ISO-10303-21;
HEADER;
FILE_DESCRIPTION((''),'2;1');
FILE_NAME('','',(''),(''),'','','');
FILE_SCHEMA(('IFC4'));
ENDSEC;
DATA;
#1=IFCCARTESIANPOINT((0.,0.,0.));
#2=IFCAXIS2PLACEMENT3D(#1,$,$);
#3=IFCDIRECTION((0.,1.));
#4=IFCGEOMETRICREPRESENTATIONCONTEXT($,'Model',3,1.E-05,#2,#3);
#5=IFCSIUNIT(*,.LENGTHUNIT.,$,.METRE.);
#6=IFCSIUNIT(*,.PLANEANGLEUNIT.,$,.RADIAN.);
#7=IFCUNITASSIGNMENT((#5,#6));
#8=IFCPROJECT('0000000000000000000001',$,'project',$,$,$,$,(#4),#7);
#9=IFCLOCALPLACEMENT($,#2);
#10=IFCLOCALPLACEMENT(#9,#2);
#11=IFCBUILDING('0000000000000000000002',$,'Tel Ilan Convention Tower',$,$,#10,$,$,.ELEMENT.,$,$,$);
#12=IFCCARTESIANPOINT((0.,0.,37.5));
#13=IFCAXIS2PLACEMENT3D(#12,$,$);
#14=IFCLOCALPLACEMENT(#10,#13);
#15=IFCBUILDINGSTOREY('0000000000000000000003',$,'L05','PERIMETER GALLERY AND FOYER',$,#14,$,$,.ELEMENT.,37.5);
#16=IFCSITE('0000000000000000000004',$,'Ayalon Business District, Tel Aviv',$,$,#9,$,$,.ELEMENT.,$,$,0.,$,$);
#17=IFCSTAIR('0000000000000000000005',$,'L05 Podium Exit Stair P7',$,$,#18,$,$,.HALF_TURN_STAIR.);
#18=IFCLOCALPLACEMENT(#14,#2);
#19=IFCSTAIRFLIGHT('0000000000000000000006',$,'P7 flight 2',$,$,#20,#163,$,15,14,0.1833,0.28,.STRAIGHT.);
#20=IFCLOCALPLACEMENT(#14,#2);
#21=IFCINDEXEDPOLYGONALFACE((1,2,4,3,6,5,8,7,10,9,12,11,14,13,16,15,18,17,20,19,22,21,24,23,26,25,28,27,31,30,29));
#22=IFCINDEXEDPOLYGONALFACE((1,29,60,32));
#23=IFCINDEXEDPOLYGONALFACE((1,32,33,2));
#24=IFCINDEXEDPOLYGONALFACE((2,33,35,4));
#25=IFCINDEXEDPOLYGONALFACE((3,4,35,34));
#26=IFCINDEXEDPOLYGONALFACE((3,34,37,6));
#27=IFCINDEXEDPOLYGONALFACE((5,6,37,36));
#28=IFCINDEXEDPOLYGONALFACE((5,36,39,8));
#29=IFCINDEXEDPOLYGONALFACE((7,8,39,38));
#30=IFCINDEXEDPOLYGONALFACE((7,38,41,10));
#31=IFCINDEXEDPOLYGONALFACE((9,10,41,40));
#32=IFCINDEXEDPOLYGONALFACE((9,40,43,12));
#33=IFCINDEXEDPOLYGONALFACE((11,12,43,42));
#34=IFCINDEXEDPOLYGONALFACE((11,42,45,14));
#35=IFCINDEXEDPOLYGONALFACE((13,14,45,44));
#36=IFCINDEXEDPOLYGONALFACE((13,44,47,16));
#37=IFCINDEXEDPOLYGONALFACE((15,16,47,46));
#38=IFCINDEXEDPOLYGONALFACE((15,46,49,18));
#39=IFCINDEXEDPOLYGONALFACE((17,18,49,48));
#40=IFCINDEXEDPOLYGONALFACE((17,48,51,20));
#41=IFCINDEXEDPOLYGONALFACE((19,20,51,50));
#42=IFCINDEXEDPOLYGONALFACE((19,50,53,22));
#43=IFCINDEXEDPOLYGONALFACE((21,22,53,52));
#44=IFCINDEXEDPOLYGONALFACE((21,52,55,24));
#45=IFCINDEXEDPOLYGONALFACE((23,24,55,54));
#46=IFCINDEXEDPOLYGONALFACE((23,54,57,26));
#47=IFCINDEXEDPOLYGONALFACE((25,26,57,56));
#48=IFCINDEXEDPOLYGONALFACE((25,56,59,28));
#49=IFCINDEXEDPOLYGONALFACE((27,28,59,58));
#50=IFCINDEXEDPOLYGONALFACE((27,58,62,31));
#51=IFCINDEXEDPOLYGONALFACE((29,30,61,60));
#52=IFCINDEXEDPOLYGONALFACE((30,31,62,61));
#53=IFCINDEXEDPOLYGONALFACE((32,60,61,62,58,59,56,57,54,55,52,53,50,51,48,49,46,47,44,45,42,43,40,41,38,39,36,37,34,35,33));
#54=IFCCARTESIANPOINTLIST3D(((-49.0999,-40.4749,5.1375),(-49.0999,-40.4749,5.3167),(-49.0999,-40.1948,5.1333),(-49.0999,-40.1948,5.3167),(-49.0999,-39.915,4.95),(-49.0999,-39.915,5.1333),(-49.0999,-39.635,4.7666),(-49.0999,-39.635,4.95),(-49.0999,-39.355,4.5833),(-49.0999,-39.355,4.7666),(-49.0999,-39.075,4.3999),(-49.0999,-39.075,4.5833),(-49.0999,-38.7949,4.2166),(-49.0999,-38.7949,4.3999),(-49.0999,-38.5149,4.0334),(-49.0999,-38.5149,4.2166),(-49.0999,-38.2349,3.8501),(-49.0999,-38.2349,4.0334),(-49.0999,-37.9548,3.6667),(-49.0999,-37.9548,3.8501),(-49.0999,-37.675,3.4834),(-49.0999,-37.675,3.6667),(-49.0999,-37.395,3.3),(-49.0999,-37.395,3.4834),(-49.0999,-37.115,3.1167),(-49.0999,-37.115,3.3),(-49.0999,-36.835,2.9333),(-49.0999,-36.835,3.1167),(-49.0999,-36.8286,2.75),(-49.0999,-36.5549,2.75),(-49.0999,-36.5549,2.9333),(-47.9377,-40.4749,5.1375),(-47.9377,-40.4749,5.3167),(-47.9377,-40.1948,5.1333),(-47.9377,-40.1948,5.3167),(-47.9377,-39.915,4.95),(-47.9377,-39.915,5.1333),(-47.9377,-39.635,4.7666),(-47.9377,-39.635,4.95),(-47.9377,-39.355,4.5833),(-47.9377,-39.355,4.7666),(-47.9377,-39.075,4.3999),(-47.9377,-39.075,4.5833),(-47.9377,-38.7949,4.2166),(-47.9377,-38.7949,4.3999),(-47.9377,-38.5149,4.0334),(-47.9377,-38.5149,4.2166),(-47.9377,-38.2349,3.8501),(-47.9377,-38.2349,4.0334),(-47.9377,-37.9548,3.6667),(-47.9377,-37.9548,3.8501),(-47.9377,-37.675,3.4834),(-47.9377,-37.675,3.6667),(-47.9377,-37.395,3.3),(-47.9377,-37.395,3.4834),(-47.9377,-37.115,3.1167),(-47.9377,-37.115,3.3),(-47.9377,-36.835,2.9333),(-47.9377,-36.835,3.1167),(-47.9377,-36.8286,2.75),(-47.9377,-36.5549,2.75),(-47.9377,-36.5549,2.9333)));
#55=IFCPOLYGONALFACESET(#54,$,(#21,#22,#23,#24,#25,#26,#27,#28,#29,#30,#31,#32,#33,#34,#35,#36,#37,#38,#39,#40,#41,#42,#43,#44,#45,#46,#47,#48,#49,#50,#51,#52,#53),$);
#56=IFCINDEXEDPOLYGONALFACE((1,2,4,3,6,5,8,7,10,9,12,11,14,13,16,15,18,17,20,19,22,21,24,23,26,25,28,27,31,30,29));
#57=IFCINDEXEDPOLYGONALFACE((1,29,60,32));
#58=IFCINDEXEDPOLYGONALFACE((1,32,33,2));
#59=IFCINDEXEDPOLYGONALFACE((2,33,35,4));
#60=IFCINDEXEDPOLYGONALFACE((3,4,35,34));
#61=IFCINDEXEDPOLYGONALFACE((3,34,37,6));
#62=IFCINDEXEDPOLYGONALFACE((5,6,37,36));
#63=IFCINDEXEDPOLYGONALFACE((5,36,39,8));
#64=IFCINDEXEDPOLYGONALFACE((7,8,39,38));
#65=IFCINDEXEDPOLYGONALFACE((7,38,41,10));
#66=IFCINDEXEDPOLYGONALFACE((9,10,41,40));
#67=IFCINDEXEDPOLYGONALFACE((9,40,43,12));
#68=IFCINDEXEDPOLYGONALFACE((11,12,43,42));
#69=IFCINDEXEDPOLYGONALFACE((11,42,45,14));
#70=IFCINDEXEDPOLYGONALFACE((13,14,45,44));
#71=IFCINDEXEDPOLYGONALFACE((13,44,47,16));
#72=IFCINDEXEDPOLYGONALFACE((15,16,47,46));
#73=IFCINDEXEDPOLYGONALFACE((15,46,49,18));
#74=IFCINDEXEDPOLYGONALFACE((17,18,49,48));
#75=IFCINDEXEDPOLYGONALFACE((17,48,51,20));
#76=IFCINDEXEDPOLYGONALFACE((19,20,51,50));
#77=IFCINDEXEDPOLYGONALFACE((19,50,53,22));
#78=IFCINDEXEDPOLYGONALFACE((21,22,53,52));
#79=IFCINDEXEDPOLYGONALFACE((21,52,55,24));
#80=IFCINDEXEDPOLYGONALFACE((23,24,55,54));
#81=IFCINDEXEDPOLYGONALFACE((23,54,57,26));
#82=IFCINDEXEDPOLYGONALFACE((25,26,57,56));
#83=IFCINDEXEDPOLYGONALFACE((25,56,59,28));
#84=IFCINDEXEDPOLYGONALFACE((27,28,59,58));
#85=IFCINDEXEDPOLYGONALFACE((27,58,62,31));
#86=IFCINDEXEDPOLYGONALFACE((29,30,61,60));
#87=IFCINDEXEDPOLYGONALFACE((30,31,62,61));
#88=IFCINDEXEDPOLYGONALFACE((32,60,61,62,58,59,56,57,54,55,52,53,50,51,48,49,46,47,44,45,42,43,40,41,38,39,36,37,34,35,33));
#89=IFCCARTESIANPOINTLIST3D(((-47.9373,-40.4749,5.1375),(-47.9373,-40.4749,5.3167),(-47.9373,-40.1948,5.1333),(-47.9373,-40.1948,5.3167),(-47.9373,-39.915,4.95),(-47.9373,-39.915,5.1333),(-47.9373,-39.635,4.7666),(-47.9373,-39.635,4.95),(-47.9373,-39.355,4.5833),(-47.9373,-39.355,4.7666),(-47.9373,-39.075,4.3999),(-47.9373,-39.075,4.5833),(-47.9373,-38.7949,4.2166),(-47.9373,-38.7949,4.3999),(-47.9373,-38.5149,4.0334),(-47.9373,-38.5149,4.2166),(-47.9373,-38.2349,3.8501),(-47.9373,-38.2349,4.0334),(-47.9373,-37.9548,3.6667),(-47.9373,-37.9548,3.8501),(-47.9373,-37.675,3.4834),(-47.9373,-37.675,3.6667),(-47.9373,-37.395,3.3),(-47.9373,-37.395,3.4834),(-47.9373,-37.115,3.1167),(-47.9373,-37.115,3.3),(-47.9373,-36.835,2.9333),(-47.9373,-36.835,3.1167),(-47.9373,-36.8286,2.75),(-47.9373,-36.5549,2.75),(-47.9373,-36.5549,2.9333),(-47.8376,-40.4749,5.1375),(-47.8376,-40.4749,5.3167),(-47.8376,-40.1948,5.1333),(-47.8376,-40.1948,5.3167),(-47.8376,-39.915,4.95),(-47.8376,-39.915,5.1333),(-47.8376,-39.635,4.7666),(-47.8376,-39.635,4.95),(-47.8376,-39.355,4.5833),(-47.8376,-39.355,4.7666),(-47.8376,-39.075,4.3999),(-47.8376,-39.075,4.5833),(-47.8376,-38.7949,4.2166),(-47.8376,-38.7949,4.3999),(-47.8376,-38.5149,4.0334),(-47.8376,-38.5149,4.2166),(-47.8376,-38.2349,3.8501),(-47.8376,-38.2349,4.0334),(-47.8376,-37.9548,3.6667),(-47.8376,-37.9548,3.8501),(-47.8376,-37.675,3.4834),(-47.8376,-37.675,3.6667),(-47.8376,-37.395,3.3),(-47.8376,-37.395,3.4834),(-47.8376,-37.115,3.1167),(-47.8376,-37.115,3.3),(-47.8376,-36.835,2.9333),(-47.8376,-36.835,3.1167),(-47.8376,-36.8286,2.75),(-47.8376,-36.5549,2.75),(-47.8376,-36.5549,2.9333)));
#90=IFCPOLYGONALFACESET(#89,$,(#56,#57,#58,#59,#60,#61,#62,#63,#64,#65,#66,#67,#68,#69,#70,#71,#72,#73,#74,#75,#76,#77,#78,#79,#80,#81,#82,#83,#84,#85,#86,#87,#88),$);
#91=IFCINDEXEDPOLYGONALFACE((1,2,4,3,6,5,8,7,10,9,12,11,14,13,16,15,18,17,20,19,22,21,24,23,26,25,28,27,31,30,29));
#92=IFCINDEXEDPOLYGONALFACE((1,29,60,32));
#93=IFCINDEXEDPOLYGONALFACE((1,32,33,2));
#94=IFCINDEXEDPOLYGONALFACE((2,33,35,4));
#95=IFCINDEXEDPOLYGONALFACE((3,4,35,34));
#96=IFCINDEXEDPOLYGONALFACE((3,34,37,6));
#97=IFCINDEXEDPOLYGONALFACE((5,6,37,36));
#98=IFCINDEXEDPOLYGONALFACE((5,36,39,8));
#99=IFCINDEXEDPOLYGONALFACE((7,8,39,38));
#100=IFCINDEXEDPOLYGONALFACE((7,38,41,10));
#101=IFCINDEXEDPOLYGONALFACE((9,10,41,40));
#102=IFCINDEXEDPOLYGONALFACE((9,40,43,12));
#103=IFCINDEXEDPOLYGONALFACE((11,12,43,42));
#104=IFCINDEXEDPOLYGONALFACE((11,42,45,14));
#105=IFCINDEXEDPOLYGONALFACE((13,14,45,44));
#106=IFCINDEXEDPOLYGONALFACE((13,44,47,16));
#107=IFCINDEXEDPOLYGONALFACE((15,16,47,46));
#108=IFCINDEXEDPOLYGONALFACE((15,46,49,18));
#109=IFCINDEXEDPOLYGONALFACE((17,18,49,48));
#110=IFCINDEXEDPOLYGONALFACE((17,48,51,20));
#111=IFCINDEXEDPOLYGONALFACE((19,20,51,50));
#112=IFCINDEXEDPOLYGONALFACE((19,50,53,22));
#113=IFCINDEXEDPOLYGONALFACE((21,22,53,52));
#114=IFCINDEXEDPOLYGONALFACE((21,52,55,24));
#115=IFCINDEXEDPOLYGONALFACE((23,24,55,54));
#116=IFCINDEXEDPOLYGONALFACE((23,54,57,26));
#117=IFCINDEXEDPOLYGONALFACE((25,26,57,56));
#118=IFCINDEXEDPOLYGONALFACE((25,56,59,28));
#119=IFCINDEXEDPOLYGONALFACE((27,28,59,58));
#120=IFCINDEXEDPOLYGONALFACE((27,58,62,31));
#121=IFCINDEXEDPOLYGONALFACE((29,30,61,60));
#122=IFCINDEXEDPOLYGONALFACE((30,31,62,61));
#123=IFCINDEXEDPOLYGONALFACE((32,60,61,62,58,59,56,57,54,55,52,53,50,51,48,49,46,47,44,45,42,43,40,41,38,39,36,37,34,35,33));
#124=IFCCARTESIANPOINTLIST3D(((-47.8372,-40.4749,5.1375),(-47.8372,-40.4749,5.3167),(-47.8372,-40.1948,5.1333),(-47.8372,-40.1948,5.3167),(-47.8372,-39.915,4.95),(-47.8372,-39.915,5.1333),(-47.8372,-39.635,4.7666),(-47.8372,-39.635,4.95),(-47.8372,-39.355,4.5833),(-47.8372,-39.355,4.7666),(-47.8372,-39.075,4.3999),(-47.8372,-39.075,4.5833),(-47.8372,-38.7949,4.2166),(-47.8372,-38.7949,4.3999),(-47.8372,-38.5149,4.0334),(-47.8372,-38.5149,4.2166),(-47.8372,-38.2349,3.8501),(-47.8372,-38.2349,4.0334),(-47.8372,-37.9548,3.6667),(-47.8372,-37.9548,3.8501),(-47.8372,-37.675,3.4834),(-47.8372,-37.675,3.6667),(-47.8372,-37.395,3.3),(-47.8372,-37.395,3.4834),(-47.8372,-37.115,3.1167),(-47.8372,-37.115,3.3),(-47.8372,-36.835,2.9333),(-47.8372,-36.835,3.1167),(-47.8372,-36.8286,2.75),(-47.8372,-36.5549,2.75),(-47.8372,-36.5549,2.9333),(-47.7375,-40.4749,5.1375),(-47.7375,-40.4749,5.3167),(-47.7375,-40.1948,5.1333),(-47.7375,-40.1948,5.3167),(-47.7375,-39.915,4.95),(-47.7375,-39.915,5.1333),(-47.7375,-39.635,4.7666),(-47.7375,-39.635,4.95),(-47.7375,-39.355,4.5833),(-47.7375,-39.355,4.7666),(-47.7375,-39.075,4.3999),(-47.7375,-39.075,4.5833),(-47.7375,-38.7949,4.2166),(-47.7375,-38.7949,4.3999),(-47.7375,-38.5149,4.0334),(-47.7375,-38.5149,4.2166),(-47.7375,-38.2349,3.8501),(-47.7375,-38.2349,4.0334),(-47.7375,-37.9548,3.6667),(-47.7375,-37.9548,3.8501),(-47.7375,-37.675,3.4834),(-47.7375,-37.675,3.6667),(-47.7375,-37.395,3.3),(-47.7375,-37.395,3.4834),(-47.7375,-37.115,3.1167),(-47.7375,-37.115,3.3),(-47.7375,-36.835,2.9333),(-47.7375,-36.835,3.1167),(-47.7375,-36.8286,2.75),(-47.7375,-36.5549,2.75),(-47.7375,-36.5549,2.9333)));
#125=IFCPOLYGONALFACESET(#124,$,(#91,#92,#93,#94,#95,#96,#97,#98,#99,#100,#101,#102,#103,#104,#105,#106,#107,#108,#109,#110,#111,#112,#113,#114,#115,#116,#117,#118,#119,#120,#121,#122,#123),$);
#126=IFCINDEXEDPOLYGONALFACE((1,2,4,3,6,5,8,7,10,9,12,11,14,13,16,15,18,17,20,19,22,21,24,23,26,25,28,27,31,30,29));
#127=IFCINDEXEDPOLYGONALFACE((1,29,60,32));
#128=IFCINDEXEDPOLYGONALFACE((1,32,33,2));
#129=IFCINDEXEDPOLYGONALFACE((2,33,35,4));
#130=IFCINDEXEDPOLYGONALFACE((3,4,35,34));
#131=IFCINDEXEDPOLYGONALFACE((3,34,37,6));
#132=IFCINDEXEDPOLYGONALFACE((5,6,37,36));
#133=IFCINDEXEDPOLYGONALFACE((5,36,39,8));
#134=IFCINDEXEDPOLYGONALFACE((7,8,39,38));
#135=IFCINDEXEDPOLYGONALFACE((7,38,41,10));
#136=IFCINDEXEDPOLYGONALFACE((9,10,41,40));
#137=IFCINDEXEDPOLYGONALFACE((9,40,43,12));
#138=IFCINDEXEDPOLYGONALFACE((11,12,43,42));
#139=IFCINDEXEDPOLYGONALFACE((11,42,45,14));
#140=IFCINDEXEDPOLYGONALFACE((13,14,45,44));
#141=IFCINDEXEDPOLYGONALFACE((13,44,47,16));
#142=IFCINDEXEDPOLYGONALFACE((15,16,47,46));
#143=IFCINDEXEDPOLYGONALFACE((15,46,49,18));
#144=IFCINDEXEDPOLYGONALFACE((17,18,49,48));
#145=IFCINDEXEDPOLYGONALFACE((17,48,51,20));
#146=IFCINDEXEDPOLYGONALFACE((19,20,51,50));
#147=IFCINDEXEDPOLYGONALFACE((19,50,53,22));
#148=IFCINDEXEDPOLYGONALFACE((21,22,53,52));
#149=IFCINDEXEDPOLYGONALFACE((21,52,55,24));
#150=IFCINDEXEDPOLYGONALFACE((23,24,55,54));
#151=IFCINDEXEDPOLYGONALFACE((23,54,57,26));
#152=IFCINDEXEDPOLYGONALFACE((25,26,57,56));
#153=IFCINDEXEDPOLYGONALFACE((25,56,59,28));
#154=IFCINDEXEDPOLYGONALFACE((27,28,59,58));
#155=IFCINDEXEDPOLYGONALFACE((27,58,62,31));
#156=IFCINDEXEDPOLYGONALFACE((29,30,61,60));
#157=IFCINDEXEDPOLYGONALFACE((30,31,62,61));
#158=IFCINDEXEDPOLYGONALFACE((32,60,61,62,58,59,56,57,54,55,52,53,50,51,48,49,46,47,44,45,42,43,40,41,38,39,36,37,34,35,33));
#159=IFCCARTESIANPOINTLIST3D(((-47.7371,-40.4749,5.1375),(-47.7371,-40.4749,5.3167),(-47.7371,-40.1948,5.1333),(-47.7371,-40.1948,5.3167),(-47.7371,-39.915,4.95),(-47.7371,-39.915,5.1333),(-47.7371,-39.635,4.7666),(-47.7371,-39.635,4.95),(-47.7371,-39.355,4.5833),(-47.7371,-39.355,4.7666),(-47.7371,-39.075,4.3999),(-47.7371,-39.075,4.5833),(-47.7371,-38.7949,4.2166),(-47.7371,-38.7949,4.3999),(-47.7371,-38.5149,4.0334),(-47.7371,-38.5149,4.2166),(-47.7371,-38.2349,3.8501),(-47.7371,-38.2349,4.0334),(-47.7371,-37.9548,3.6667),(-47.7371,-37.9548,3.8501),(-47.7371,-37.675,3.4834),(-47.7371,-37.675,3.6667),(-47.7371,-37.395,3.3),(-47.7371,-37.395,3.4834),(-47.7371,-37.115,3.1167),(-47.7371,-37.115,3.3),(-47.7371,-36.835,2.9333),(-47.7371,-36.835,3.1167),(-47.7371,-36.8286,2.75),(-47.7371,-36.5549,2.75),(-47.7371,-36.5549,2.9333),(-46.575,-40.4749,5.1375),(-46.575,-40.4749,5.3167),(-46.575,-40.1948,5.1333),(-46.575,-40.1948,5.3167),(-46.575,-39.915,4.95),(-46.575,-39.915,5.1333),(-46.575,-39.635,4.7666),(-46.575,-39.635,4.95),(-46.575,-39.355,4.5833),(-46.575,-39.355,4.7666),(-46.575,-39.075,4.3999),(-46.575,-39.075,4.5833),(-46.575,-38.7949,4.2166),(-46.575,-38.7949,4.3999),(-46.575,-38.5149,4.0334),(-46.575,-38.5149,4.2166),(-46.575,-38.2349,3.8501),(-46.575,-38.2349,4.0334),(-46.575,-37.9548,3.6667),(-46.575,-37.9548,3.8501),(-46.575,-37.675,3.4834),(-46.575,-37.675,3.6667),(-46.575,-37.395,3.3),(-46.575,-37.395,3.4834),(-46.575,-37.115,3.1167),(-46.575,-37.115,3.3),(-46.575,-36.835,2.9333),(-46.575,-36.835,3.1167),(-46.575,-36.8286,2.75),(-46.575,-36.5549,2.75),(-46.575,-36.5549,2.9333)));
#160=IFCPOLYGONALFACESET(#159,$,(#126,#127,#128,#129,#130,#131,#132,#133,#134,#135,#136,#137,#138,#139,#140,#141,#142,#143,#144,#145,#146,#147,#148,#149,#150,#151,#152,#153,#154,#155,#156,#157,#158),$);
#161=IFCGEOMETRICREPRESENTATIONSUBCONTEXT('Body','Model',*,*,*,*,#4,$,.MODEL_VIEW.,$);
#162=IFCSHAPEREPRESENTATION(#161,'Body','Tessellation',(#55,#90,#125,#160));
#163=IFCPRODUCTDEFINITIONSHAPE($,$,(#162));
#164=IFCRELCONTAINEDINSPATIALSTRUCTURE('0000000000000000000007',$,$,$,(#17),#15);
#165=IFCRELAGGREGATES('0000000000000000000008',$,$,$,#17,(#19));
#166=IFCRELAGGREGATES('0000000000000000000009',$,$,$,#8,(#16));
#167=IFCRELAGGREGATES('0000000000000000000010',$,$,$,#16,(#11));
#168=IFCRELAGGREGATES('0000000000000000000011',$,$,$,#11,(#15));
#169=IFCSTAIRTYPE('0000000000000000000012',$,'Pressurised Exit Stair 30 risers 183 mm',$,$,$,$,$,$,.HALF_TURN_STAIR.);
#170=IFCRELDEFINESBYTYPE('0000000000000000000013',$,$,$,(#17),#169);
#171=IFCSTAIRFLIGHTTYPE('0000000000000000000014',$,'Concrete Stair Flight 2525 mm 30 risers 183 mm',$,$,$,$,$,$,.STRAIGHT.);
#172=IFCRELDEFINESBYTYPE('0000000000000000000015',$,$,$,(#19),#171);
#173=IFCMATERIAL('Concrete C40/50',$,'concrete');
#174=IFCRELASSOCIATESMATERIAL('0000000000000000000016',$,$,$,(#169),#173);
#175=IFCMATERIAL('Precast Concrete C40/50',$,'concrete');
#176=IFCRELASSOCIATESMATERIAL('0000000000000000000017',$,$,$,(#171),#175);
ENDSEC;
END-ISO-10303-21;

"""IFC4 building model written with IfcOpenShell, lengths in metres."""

from ifc_helpers import new_model, si_unit, direction, frame, origin, place, context, subcontext, project, spatial, polyline, outline, extrude, material, type_object, element, aggregate, save


model = new_model("IFC4")

# Units and contexts
model_context = context("Model", 3, precision=1e-05, world=origin(), true_north=direction((0.0, 1.0)))
body_context = subcontext(model_context, "Body", "Model", "MODEL_VIEW")
ifc_project = project(units=[si_unit("LENGTHUNIT", "METRE"), si_unit("PLANEANGLEUNIT", "RADIAN")], contexts=[model_context])

# Site, building, storey
site_placement = place(None, origin())
site = spatial("IfcSite", under=ifc_project, at=site_placement, Name="Ayalon Business District, Tel Aviv", CompositionType="ELEMENT", RefElevation=0.0)
building_placement = place(site_placement, origin())
building = spatial("IfcBuilding", under=site, at=building_placement, Name="Tel Ilan Convention Tower", CompositionType="ELEMENT")
storey_placement = place(building_placement, frame((0.0, 0.0, 37.5)))
storey = spatial("IfcBuildingStorey", under=building, at=storey_placement, Name="L05", Description="PERIMETER GALLERY AND FOYER", CompositionType="ELEMENT", Elevation=37.5)

# Stair, stair flight
ifc_material_1 = material(Name="Concrete C40/50", Category="concrete")
stair_type = type_object("IfcStairType", Name="Pressurised Exit Stair 30 risers 183 mm", PredefinedType="HALF_TURN_STAIR", material=ifc_material_1)
ifc_material_2 = material(Name="Precast Concrete C40/50", Category="concrete")
stair_flight_type = type_object("IfcStairFlightType", Name="Concrete Stair Flight 2525 mm 30 risers 183 mm", PredefinedType="STRAIGHT", material=ifc_material_2)
stair_1_placement = place(storey_placement, origin())
stair_1 = element("IfcStair", 1, at=stair_1_placement, inside=storey, type_object=stair_type, Name="L05 Podium Exit Stair P7", PredefinedType="HALF_TURN_STAIR")
stair_flight_1_placement = place(storey_placement, frame((-47.8374, -36.5549, 2.75), z_axis=(0.0, 0.0, 1.0), x_axis=(0.0, -1.0, 0.0)))
stair_flight_1 = element("IfcStairFlight", 2, at=stair_flight_1_placement, type_object=stair_flight_type, Name="P7 flight 2", NumberOfRisers=15, NumberOfTreads=14, PredefinedType="STRAIGHT", RiserHeight=0.1833, TreadLength=0.28, context=body_context, shape_type="SweptSolid", body=[
    extrude(outline(polyline([(0.0, 0.0), (0.0, 0.1833), (0.28, 0.1833), (0.28, 0.3667), (0.5601, 0.3667), (0.5601, 0.55), (0.8401, 0.55), (0.8401, 0.7334), (1.1201, 0.7334), (1.1201, 0.9167), (1.3999, 0.9167), (1.3999, 1.1001), (1.6799, 1.1001), (1.6799, 1.2834), (1.96, 1.2834), (1.96, 1.4666), (2.24, 1.4666), (2.24, 1.6499), (2.52, 1.6499), (2.52, 1.8333), (2.8, 1.8333), (2.8, 2.0166), (3.0801, 2.0166), (3.0801, 2.2), (3.3601, 2.2), (3.3601, 2.3833), (3.6399, 2.3833), (3.6399, 2.5667), (3.9199, 2.5667), (3.9199, 2.75), (3.9199, 2.3875), (0.2737, 0.0), (0.0, 0.0)])), frame((0.0, -0.1003, 0.0), z_axis=(0.0, -1.0, 0.0), x_axis=(1.0, 0.0, 0.0)), (0.0, 0.0, 1.0), 1.1621),
    extrude(outline(polyline([(0.0, 0.0), (0.0, 0.1833), (0.28, 0.1833), (0.28, 0.3667), (0.5601, 0.3667), (0.5601, 0.55), (0.8401, 0.55), (0.8401, 0.7334), (1.1201, 0.7334), (1.1201, 0.9167), (1.3999, 0.9167), (1.3999, 1.1001), (1.6799, 1.1001), (1.6799, 1.2834), (1.96, 1.2834), (1.96, 1.4666), (2.24, 1.4666), (2.24, 1.6499), (2.52, 1.6499), (2.52, 1.8333), (2.8, 1.8333), (2.8, 2.0166), (3.0801, 2.0166), (3.0801, 2.2), (3.3601, 2.2), (3.3601, 2.3833), (3.6399, 2.3833), (3.6399, 2.5667), (3.9199, 2.5667), (3.9199, 2.75), (3.9199, 2.3875), (0.2737, 0.0), (0.0, 0.0)])), frame((0.0, -0.0002, 0.0), z_axis=(0.0, -1.0, 0.0), x_axis=(1.0, 0.0, 0.0)), (0.0, 0.0, 1.0), 0.0996),
    extrude(outline(polyline([(0.0, 0.0), (0.0, 0.1833), (0.28, 0.1833), (0.28, 0.3667), (0.5601, 0.3667), (0.5601, 0.55), (0.8401, 0.55), (0.8401, 0.7334), (1.1201, 0.7334), (1.1201, 0.9167), (1.3999, 0.9167), (1.3999, 1.1001), (1.6799, 1.1001), (1.6799, 1.2834), (1.96, 1.2834), (1.96, 1.4666), (2.24, 1.4666), (2.24, 1.6499), (2.52, 1.6499), (2.52, 1.8333), (2.8, 1.8333), (2.8, 2.0166), (3.0801, 2.0166), (3.0801, 2.2), (3.3601, 2.2), (3.3601, 2.3833), (3.6399, 2.3833), (3.6399, 2.5667), (3.9199, 2.5667), (3.9199, 2.75), (3.9199, 2.3875), (0.2737, 0.0), (0.0, 0.0)])), frame((0.0, 0.0999, 0.0), z_axis=(0.0, -1.0, 0.0), x_axis=(1.0, 0.0, 0.0)), (0.0, 0.0, 1.0), 0.0996),
    extrude(outline(polyline([(0.0, 0.0), (0.0, 0.1833), (0.28, 0.1833), (0.28, 0.3667), (0.5601, 0.3667), (0.5601, 0.55), (0.8401, 0.55), (0.8401, 0.7334), (1.1201, 0.7334), (1.1201, 0.9167), (1.3999, 0.9167), (1.3999, 1.1001), (1.6799, 1.1001), (1.6799, 1.2834), (1.96, 1.2834), (1.96, 1.4666), (2.24, 1.4666), (2.24, 1.6499), (2.52, 1.6499), (2.52, 1.8333), (2.8, 1.8333), (2.8, 2.0166), (3.0801, 2.0166), (3.0801, 2.2), (3.3601, 2.2), (3.3601, 2.3833), (3.6399, 2.3833), (3.6399, 2.5667), (3.9199, 2.5667), (3.9199, 2.75), (3.9199, 2.3875), (0.2737, 0.0), (0.0, 0.0)])), frame((0.0, 1.2625, 0.0), z_axis=(0.0, -1.0, 0.0), x_axis=(1.0, 0.0, 0.0)), (0.0, 0.0, 1.0), 1.1621),
])
aggregate(stair_1, [stair_flight_1])

save(model, "model.ifc")
